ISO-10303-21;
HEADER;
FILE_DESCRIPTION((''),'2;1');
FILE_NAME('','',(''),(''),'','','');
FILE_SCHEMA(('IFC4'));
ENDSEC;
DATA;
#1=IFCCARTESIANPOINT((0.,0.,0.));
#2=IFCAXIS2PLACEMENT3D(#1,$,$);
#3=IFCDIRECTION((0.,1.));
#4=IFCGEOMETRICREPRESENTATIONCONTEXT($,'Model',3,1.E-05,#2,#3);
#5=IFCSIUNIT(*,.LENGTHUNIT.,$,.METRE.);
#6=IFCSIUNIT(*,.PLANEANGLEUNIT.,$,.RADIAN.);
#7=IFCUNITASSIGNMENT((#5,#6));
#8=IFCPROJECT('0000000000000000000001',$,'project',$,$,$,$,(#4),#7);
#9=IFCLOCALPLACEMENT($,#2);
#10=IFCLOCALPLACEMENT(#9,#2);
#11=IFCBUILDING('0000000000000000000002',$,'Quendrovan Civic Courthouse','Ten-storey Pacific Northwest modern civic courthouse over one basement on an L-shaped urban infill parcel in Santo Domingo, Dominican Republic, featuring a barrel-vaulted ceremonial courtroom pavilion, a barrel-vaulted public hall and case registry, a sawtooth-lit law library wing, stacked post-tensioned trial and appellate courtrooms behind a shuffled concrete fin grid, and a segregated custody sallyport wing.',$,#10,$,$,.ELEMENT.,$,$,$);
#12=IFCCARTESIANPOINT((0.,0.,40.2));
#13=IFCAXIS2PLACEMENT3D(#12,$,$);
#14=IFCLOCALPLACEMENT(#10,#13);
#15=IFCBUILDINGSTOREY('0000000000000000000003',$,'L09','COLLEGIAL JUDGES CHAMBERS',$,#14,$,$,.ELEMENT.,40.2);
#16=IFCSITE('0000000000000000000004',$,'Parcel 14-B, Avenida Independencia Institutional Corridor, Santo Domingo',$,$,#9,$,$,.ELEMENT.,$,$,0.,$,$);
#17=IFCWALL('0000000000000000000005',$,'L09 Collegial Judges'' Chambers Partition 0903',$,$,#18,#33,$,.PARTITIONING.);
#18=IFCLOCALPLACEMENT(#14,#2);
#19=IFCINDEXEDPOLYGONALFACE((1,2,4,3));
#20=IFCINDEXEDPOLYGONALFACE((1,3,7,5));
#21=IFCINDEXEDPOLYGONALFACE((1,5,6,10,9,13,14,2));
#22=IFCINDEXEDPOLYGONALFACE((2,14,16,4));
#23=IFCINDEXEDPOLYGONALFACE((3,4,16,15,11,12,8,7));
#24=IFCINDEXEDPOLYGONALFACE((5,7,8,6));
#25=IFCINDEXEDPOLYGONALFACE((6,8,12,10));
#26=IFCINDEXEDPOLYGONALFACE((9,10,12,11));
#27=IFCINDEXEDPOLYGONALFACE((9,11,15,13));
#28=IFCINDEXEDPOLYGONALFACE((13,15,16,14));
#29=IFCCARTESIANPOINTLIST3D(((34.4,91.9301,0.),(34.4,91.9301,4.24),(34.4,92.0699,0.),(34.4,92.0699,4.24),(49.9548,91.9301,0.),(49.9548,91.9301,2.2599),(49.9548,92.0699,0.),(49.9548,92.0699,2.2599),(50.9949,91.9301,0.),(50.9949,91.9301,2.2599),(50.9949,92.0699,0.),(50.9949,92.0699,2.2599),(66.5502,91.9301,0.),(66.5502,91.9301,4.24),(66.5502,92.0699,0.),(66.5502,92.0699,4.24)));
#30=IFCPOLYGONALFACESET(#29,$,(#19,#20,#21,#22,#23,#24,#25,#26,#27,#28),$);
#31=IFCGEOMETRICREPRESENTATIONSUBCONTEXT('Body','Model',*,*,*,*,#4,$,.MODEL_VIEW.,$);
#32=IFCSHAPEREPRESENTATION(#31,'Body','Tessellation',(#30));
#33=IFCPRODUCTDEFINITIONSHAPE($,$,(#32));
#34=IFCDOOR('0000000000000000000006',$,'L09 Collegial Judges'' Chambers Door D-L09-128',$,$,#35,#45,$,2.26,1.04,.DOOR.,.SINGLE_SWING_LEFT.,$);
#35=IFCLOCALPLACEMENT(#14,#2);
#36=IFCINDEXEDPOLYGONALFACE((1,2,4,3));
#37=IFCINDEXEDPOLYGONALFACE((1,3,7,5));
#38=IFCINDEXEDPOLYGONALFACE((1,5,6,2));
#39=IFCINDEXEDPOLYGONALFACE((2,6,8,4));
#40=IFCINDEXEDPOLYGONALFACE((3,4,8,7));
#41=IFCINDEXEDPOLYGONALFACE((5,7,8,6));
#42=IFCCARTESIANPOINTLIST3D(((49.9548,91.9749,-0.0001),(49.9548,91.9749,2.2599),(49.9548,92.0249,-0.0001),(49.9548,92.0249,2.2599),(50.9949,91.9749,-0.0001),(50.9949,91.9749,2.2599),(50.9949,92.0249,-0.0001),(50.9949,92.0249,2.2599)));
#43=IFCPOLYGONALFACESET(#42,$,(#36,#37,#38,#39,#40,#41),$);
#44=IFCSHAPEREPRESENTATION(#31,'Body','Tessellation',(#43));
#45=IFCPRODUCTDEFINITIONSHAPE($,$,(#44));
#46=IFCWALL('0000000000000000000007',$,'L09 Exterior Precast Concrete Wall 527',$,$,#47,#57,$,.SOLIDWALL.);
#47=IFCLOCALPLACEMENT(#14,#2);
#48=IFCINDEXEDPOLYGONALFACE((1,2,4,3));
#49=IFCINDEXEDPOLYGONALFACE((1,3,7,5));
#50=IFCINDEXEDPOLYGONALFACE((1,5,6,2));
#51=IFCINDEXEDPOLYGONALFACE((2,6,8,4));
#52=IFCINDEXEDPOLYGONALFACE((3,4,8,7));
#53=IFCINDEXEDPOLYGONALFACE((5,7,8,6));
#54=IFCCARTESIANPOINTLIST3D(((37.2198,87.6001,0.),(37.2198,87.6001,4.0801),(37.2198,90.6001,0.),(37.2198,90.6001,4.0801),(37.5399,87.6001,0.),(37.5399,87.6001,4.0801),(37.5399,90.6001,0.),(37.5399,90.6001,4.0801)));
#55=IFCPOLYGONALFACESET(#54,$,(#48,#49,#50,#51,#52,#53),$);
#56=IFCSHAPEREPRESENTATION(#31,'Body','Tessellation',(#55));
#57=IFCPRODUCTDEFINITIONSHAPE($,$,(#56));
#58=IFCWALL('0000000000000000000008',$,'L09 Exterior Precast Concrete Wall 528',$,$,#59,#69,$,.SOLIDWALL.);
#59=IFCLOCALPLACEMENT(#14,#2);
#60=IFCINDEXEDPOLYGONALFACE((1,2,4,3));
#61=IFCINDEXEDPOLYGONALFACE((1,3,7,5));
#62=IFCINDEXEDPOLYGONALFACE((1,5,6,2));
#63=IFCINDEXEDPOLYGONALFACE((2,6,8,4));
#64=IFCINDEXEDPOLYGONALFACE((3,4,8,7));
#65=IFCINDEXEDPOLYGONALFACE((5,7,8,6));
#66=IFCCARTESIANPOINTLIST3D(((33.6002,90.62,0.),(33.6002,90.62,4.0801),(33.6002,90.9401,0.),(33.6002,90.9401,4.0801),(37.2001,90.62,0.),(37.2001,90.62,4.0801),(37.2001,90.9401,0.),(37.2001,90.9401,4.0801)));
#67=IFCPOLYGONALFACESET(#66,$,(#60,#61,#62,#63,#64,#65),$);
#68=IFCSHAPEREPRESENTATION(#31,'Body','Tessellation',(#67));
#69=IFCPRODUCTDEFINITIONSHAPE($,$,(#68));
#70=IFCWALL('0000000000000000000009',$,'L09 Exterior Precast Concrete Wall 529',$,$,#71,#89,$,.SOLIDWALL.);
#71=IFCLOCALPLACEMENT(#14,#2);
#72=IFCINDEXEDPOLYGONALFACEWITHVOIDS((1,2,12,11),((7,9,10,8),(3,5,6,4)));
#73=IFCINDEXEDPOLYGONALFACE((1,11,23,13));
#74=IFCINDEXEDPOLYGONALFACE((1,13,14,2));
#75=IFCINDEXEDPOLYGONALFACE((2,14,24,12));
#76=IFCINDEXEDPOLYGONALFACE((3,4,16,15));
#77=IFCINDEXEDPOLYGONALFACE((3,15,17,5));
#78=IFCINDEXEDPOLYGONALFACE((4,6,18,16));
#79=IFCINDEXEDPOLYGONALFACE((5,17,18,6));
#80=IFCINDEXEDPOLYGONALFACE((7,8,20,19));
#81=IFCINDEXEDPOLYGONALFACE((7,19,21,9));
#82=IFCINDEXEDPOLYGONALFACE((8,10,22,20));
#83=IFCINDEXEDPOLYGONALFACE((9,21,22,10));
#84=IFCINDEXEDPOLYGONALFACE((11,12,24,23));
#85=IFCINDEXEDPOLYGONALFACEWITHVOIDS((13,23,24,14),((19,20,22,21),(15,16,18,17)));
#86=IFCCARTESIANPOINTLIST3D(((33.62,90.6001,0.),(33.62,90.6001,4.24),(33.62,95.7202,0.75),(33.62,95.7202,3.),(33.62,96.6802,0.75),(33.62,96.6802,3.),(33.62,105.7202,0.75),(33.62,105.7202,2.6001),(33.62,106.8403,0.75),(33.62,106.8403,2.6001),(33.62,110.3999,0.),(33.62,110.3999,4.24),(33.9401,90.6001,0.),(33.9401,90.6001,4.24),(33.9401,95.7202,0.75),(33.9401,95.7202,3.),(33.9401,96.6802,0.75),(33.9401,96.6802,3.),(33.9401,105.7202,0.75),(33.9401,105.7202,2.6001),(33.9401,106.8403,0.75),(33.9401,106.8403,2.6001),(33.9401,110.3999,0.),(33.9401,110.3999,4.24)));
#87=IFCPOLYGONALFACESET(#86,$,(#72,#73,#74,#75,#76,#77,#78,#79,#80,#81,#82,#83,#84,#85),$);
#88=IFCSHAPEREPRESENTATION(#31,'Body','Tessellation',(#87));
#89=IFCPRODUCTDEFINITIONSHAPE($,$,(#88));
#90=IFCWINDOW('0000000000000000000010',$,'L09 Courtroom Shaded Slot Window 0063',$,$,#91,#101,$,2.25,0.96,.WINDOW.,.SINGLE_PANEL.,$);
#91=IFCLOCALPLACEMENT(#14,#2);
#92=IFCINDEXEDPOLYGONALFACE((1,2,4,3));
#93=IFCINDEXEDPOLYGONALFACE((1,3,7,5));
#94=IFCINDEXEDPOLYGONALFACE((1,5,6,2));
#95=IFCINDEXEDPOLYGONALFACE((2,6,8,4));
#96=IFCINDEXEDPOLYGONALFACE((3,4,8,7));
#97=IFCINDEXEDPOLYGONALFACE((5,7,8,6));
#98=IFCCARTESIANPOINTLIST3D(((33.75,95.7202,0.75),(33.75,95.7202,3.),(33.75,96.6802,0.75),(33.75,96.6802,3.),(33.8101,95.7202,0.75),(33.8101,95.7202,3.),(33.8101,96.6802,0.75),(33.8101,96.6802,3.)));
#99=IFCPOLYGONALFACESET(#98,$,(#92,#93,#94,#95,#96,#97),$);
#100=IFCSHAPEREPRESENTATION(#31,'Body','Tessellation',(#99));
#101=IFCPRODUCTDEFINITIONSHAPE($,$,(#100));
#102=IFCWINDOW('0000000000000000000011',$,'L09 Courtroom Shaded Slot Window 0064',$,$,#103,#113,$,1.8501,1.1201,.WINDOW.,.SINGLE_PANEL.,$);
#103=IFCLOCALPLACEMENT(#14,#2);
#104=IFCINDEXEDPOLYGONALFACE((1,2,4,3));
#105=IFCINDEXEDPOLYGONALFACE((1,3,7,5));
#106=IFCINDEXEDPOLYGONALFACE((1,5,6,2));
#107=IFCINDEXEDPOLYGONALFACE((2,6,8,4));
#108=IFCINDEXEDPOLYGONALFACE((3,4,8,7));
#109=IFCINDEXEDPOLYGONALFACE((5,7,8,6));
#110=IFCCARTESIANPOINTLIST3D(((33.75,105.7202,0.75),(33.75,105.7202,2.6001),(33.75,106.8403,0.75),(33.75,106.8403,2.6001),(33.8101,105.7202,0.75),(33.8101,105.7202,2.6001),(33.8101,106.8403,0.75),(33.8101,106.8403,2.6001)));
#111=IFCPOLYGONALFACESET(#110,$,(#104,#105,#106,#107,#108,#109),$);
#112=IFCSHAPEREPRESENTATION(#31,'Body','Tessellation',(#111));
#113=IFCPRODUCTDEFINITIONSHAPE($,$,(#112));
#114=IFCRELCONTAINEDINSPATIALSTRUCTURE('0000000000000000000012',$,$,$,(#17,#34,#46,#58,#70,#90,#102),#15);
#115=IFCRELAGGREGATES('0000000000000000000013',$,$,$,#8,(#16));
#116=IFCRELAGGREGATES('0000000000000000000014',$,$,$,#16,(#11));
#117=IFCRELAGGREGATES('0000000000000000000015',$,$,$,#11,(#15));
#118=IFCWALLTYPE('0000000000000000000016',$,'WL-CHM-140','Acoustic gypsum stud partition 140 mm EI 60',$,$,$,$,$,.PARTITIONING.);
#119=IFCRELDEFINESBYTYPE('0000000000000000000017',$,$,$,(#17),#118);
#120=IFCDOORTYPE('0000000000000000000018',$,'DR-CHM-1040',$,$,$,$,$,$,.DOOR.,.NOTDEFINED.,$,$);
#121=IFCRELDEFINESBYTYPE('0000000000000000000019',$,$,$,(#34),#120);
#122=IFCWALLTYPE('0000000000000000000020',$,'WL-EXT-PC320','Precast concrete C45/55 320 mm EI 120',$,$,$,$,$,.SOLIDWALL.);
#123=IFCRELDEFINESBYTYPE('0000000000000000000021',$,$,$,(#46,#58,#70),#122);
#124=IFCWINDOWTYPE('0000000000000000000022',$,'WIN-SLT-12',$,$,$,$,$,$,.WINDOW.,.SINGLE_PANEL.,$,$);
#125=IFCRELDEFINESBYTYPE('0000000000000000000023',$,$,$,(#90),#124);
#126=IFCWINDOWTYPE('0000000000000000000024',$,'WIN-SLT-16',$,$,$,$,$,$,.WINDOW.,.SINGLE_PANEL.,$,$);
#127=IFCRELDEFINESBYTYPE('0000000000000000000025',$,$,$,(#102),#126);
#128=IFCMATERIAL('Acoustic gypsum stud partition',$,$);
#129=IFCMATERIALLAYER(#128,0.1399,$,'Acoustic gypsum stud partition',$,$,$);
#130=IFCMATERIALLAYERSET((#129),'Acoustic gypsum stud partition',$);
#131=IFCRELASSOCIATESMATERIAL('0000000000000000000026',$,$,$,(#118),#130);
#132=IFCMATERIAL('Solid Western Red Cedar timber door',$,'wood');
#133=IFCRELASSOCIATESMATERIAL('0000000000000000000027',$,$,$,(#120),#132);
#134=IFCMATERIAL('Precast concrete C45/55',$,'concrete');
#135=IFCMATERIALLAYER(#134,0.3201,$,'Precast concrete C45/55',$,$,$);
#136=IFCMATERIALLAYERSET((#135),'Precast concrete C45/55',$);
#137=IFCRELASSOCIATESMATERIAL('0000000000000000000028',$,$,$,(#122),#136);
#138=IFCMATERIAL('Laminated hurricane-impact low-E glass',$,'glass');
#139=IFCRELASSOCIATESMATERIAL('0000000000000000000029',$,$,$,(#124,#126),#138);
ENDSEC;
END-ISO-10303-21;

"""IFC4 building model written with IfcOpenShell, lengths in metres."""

from ifc_helpers import new_model, si_unit, direction, frame, frame_2d, origin, place, context, subcontext, project, spatial, rectangle, extrude, material, layer, layer_set, type_object, element, fill, save


model = new_model("IFC4")

# Units and contexts
model_context = context("Model", 3, precision=1e-05, world=origin(), true_north=direction((0.0, 1.0)))
body_context = subcontext(model_context, "Body", "Model", "MODEL_VIEW")
ifc_project = project(units=[si_unit("LENGTHUNIT", "METRE"), si_unit("PLANEANGLEUNIT", "RADIAN")], contexts=[model_context])

# Site, building, storey
site_placement = place(None, origin())
site = spatial("IfcSite", under=ifc_project, at=site_placement, Name="Parcel 14-B, Avenida Independencia Institutional Corridor, Santo Domingo", CompositionType="ELEMENT", RefElevation=0.0)
building_placement = place(site_placement, origin())
building = spatial("IfcBuilding", under=site, at=building_placement, Name="Quendrovan Civic Courthouse", Description="Ten-storey Pacific Northwest modern civic courthouse over one basement on an L-shaped urban infill parcel in Santo Domingo, Dominican Republic, featuring a barrel-vaulted ceremonial courtroom pavilion, a barrel-vaulted public hall and case registry, a sawtooth-lit law library wing, stacked post-tensioned trial and appellate courtrooms behind a shuffled concrete fin grid, and a segregated custody sallyport wing.", CompositionType="ELEMENT")
storey_placement = place(building_placement, frame((0.0, 0.0, 40.2)))
storey = spatial("IfcBuildingStorey", under=building, at=storey_placement, Name="L09", Description="COLLEGIAL JUDGES CHAMBERS", CompositionType="ELEMENT", Elevation=40.2)

# Shared definitions
ifc_material_1 = material(Name="Precast concrete C45/55", Category="concrete")

# Shared definitions
ifc_material_2 = material(Name="Laminated hurricane-impact low-E glass", Category="glass")

# Wall, opening, door
ifc_material_3 = material(Name="Acoustic gypsum stud partition")
ifc_layer_1 = layer(ifc_material_3, 0.1399, Name="Acoustic gypsum stud partition")
ifc_layer_set_1 = layer_set([ifc_layer_1], Name="Acoustic gypsum stud partition")
wall_type_1 = type_object("IfcWallType", Name="WL-CHM-140", Description="Acoustic gypsum stud partition 140 mm EI 60", PredefinedType="PARTITIONING", material=ifc_layer_set_1)
wall_1_placement = place(storey_placement, frame((34.3999, 92.0, 0.0), z_axis=(0.0, 0.0, 1.0), x_axis=(1.0, 0.0, 0.0)))
wall_1 = element("IfcWall", 1, at=wall_1_placement, inside=storey, type_object=wall_type_1, Name="L09 Collegial Judges' Chambers Partition 0903", PredefinedType="PARTITIONING", context=body_context, shape_type="SweptSolid", body=[
    extrude(rectangle(XDim=32.1501, YDim=0.1399, at=frame_2d((16.0752, 0.0))), origin(), (0.0, 0.0, 1.0), 4.24),
])
opening_1_placement = place(wall_1_placement, frame((15.5549, 0.0, 0.0)))
opening_1 = element("IfcOpeningElement", 2, at=opening_1_placement, cuts=wall_1, PredefinedType="OPENING", context=body_context, shape_type="SweptSolid", body=[
    extrude(rectangle(XDim=1.04, YDim=2.26, at=frame_2d((0.52, 1.1299))), frame((0.0, 0.0801, 0.0), z_axis=(0.0, -1.0, 0.0), x_axis=(1.0, 0.0, 0.0)), (0.0, 0.0, 1.0), 0.1599),
])
ifc_material_4 = material(Name="Solid Western Red Cedar timber door", Category="wood")
door_type = type_object("IfcDoorType", Name="DR-CHM-1040", OperationType="NOTDEFINED", PredefinedType="DOOR", material=ifc_material_4)
door_placement = place(opening_1_placement, origin())
door = element("IfcDoor", 3, at=door_placement, inside=storey, type_object=door_type, Name="L09 Collegial Judges' Chambers Door D-L09-128", OperationType="SINGLE_SWING_LEFT", OverallHeight=2.26, OverallWidth=1.04, PredefinedType="DOOR", context=body_context, shape_type="SweptSolid", body=[
    extrude(rectangle(XDim=1.04, YDim=2.26, at=frame_2d((0.52, 1.1299))), frame((0.0, 0.0249, 0.0), z_axis=(0.0, -1.0, 0.0), x_axis=(1.0, 0.0, 0.0)), (0.0, 0.0, 1.0), 0.05),
])
fill(opening_1, door)

# Walls
ifc_layer_2 = layer(ifc_material_1, 0.3201, Name="Precast concrete C45/55")
ifc_layer_set_2 = layer_set([ifc_layer_2], Name="Precast concrete C45/55")
wall_type_2 = type_object("IfcWallType", Name="WL-EXT-PC320", Description="Precast concrete C45/55 320 mm EI 120", PredefinedType="SOLIDWALL", material=ifc_layer_set_2)
wall_2_placement = place(storey_placement, frame((37.3799, 87.6001, 0.0), z_axis=(0.0, 0.0, 1.0), x_axis=(0.0, 1.0, 0.0)))
element("IfcWall", 4, at=wall_2_placement, inside=storey, type_object=wall_type_2, Name="L09 Exterior Precast Concrete Wall 527", PredefinedType="SOLIDWALL", context=body_context, shape_type="SweptSolid", body=[
    extrude(rectangle(XDim=3.0, YDim=0.3201, at=frame_2d((1.5, 0.0))), origin(), (0.0, 0.0, 1.0), 4.0801),
])
wall_3_placement = place(storey_placement, frame((37.2, 90.78, 0.0), z_axis=(0.0, 0.0, 1.0), x_axis=(-1.0, 0.0, 0.0)))
element("IfcWall", 5, at=wall_3_placement, inside=storey, type_object=wall_type_2, Name="L09 Exterior Precast Concrete Wall 528", PredefinedType="SOLIDWALL", context=body_context, shape_type="SweptSolid", body=[
    extrude(rectangle(XDim=3.5999, YDim=0.3201, at=frame_2d((1.7998, 0.0))), origin(), (0.0, 0.0, 1.0), 4.0801),
])

# Wall, openings, windows
wall_4_placement = place(storey_placement, frame((33.78, 90.6001, 0.0), z_axis=(0.0, 0.0, 1.0), x_axis=(0.0, 1.0, 0.0)))
wall_4 = element("IfcWall", 6, at=wall_4_placement, inside=storey, type_object=wall_type_2, Name="L09 Exterior Precast Concrete Wall 529", PredefinedType="SOLIDWALL", context=body_context, shape_type="SweptSolid", body=[
    extrude(rectangle(XDim=19.7998, YDim=0.3201, at=frame_2d((9.8999, 0.0))), origin(), (0.0, 0.0, 1.0), 4.24),
])
opening_2_placement = place(wall_4_placement, frame((5.1201, 0.0, 0.75)))
opening_2 = element("IfcOpeningElement", 7, at=opening_2_placement, cuts=wall_4, PredefinedType="OPENING", context=body_context, shape_type="SweptSolid", body=[
    extrude(rectangle(XDim=0.96, YDim=2.25, at=frame_2d((0.48, 1.125))), frame((0.0, 0.1699, 0.0), z_axis=(0.0, -1.0, 0.0), x_axis=(1.0, 0.0, 0.0)), (0.0, 0.0, 1.0), 0.3401),
])
opening_3_placement = place(wall_4_placement, frame((15.1201, 0.0, 0.75)))
opening_3 = element("IfcOpeningElement", 8, at=opening_3_placement, cuts=wall_4, PredefinedType="OPENING", context=body_context, shape_type="SweptSolid", body=[
    extrude(rectangle(XDim=1.1201, YDim=1.8501, at=frame_2d((0.5601, 0.925))), frame((0.0, 0.1699, 0.0), z_axis=(0.0, -1.0, 0.0), x_axis=(1.0, 0.0, 0.0)), (0.0, 0.0, 1.0), 0.3401),
])
window_type_1 = type_object("IfcWindowType", Name="WIN-SLT-12", PartitioningType="SINGLE_PANEL", PredefinedType="WINDOW", material=ifc_material_2)
window_1_placement = place(opening_2_placement, origin())
window_1 = element("IfcWindow", 9, at=window_1_placement, inside=storey, type_object=window_type_1, Name="L09 Courtroom Shaded Slot Window 0063", OverallHeight=2.25, OverallWidth=0.96, PartitioningType="SINGLE_PANEL", PredefinedType="WINDOW", context=body_context, shape_type="SweptSolid", body=[
    extrude(rectangle(XDim=0.96, YDim=2.25, at=frame_2d((0.48, 1.125))), frame((0.0, 0.03, 0.0), z_axis=(0.0, -1.0, 0.0), x_axis=(1.0, 0.0, 0.0)), (0.0, 0.0, 1.0), 0.0601),
])
fill(opening_2, window_1)
window_type_2 = type_object("IfcWindowType", Name="WIN-SLT-16", PartitioningType="SINGLE_PANEL", PredefinedType="WINDOW", material=ifc_material_2)
window_2_placement = place(opening_3_placement, origin())
window_2 = element("IfcWindow", 10, at=window_2_placement, inside=storey, type_object=window_type_2, Name="L09 Courtroom Shaded Slot Window 0064", OverallHeight=1.8501, OverallWidth=1.1201, PartitioningType="SINGLE_PANEL", PredefinedType="WINDOW", context=body_context, shape_type="SweptSolid", body=[
    extrude(rectangle(XDim=1.1201, YDim=1.8501, at=frame_2d((0.5601, 0.925))), frame((0.0, 0.03, 0.0), z_axis=(0.0, -1.0, 0.0), x_axis=(1.0, 0.0, 0.0)), (0.0, 0.0, 1.0), 0.0601),
])
fill(opening_3, window_2)

save(model, "model.ifc")
